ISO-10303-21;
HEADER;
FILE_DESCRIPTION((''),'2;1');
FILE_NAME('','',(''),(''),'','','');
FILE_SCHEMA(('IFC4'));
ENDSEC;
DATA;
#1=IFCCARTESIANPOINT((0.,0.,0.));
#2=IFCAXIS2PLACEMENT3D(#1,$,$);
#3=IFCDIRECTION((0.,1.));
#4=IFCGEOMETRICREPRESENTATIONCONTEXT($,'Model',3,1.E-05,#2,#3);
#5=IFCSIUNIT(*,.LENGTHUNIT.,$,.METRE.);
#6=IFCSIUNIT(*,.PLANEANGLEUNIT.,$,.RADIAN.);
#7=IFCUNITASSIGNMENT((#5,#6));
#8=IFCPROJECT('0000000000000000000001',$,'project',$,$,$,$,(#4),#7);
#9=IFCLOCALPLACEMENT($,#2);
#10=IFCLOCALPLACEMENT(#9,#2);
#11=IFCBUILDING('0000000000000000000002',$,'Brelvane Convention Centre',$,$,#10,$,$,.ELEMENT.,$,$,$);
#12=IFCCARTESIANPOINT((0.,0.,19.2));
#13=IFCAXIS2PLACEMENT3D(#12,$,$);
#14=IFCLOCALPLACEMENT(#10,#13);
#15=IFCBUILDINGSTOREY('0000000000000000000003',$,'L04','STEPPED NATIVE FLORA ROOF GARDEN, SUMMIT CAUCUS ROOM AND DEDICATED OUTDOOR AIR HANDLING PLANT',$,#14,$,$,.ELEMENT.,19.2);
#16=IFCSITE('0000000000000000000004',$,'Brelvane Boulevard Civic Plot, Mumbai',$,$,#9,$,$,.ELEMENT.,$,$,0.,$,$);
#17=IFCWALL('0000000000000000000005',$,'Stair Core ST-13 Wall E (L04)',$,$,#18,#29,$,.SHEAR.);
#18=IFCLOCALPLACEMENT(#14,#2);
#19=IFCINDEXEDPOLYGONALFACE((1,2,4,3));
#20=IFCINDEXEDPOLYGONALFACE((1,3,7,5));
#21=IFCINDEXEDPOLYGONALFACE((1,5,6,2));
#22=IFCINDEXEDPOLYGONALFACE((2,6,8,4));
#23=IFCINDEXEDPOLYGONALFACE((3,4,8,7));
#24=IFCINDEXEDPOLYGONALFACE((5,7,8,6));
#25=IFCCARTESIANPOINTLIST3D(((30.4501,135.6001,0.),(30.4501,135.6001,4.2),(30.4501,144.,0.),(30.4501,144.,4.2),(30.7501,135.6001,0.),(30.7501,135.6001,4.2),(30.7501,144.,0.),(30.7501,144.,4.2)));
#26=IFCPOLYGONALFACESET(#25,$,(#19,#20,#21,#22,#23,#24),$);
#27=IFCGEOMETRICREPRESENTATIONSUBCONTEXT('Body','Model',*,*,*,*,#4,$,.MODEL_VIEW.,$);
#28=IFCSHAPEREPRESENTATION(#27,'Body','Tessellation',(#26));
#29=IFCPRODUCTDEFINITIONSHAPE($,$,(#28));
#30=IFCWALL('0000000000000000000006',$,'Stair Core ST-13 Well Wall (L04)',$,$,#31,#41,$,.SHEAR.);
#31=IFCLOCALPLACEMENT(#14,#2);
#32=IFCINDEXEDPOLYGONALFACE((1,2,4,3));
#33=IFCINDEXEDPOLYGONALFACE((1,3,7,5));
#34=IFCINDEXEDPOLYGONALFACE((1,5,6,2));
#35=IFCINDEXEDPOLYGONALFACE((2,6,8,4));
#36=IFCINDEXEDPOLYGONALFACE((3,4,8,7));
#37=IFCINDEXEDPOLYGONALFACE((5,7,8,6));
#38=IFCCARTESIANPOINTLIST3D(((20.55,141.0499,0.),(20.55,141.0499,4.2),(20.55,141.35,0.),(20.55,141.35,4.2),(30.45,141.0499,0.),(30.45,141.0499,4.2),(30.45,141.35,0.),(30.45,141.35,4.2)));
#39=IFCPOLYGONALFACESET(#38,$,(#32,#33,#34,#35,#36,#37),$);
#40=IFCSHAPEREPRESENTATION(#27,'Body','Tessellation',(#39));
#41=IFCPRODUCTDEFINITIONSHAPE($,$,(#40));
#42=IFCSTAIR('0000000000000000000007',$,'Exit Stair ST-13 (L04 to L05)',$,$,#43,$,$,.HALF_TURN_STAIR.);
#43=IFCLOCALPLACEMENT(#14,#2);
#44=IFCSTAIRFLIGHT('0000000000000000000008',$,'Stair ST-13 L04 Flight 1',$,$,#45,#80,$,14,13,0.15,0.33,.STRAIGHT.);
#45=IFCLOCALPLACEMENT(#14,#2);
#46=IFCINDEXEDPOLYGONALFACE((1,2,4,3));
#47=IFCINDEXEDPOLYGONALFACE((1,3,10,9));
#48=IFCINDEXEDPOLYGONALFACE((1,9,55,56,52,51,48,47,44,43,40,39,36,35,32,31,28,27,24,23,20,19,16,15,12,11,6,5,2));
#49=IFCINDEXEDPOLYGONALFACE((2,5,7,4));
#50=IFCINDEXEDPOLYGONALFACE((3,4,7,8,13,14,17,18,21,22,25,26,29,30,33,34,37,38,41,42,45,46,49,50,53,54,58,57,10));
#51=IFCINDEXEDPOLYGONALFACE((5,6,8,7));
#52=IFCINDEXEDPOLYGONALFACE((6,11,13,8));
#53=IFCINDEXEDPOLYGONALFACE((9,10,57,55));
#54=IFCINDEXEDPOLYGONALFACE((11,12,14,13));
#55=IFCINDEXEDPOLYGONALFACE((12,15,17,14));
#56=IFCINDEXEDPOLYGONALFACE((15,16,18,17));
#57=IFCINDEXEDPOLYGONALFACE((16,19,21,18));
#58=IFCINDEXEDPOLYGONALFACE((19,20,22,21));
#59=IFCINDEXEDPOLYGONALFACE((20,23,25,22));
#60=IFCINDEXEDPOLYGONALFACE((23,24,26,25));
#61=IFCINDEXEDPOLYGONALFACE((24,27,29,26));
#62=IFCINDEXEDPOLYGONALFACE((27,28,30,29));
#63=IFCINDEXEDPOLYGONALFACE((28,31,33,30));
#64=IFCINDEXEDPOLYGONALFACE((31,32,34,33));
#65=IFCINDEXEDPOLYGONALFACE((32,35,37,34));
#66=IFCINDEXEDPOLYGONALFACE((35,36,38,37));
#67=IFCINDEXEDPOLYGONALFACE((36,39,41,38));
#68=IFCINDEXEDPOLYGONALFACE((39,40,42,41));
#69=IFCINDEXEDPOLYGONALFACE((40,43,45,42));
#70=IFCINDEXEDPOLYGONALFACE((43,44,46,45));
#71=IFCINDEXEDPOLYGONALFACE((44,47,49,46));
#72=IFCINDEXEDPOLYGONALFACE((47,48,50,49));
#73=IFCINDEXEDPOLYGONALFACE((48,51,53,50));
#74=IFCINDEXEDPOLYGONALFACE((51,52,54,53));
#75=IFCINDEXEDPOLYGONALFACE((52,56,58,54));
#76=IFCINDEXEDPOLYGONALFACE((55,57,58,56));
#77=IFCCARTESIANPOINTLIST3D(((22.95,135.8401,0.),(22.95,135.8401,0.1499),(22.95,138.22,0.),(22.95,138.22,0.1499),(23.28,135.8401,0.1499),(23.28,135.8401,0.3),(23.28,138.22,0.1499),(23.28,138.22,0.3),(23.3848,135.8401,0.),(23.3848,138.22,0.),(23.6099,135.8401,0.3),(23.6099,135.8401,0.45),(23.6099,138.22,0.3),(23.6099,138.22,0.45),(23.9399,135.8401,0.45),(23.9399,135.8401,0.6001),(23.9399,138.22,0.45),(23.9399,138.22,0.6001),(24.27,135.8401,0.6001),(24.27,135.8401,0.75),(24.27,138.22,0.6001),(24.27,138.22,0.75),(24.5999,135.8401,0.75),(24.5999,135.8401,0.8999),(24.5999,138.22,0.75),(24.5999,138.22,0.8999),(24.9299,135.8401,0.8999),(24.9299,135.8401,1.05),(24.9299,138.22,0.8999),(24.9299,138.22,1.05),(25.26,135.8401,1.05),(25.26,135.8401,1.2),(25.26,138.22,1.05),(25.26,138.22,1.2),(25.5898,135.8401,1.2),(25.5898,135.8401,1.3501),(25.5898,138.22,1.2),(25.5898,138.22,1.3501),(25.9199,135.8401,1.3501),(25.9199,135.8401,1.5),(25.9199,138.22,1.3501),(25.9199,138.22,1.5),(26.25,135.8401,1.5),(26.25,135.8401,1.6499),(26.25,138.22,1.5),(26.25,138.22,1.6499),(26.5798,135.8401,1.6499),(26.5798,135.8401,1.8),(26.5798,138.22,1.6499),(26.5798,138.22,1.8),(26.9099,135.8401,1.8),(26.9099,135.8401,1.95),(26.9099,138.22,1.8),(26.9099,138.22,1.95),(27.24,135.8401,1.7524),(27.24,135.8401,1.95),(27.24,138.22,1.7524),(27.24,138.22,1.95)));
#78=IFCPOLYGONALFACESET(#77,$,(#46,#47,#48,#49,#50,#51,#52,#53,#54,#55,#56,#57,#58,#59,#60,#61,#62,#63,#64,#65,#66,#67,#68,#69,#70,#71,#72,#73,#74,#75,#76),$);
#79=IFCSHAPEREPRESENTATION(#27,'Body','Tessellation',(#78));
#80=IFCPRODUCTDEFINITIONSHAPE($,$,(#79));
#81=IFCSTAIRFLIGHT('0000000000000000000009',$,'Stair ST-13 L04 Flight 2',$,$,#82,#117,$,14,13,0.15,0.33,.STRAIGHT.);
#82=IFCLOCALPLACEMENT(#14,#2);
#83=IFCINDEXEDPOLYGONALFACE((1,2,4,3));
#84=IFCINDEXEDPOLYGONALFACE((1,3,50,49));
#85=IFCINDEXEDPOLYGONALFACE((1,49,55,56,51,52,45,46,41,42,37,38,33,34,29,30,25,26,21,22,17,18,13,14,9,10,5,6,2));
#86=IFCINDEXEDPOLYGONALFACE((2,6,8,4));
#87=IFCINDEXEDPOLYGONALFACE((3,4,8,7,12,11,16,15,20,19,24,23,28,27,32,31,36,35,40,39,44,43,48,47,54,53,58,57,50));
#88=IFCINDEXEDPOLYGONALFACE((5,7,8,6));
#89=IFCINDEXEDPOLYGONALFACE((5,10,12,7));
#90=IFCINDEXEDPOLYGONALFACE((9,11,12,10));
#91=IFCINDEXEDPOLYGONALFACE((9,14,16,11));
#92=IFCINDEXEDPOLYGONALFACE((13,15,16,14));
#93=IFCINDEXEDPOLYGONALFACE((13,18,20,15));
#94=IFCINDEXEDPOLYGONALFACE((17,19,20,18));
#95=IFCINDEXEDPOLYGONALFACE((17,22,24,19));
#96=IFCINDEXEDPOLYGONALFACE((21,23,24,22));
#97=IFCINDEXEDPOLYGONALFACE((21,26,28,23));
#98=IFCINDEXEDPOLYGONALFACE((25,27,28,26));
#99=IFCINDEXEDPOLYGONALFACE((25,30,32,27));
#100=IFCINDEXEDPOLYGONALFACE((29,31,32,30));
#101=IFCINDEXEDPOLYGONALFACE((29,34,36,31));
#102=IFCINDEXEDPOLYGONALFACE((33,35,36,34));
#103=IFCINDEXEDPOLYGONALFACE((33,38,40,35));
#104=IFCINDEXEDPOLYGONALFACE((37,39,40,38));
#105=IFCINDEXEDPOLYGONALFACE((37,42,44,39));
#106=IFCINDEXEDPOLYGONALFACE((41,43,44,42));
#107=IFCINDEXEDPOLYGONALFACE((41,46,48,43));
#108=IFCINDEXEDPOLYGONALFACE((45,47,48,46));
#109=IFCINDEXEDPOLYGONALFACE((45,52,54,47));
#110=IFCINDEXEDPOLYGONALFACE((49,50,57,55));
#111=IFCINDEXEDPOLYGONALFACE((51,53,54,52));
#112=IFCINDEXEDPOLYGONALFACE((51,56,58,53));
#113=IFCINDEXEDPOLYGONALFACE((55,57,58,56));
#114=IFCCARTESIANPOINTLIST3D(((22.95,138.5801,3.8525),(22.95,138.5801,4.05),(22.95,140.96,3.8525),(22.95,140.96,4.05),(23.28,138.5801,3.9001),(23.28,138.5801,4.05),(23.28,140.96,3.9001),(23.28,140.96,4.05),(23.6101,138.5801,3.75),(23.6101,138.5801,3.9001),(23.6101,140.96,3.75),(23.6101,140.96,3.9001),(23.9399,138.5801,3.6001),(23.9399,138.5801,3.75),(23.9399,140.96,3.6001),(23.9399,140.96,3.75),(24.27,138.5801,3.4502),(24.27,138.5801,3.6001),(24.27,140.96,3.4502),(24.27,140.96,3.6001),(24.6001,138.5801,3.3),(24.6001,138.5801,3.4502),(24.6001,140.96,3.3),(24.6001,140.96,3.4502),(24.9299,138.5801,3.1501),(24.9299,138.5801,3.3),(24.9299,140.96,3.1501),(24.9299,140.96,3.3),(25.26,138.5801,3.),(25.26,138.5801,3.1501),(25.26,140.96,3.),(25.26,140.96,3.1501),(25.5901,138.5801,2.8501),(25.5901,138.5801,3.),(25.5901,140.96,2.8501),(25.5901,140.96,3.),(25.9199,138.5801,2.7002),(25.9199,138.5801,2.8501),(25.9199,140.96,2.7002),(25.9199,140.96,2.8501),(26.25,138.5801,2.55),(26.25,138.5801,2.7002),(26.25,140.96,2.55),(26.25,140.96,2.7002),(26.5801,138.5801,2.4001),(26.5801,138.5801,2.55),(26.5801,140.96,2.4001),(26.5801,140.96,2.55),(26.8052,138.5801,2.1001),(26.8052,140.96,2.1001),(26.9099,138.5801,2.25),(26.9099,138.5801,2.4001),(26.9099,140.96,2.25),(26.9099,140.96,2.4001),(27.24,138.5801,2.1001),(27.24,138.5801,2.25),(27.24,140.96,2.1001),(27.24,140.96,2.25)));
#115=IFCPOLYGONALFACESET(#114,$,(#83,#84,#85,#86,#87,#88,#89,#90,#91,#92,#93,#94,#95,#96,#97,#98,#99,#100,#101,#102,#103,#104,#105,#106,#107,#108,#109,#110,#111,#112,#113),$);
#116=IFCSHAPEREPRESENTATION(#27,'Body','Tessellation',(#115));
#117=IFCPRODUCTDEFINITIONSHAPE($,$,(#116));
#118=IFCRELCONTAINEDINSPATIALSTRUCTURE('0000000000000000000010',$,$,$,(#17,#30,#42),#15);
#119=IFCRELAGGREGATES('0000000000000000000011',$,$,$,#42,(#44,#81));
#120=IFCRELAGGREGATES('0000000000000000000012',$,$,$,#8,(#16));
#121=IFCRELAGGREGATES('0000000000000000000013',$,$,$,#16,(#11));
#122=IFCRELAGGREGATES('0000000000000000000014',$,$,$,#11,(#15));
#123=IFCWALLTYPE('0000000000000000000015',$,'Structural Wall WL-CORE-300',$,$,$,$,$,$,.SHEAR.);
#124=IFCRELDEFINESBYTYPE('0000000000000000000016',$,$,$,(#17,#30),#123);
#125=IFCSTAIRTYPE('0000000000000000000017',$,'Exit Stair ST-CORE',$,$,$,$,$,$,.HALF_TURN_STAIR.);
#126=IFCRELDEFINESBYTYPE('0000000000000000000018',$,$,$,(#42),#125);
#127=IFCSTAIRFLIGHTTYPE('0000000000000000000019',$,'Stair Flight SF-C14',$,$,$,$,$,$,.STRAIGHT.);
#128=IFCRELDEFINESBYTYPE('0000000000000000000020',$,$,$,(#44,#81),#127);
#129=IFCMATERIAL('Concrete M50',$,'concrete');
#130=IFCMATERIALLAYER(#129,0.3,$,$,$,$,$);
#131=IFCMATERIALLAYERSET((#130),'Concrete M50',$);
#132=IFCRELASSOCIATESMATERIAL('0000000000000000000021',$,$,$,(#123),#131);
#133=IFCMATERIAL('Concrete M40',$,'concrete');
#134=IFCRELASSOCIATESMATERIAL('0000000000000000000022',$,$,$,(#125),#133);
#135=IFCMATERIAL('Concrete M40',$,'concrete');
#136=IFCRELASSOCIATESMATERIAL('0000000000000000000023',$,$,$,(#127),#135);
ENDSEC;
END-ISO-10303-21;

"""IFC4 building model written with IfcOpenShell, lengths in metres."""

from ifc_helpers import new_model, si_unit, direction, frame, frame_2d, origin, place, context, subcontext, project, spatial, polyline, rectangle, outline, extrude, material, layer, layer_set, type_object, element, aggregate, save


model = new_model("IFC4")

# Units and contexts
model_context = context("Model", 3, precision=1e-05, world=origin(), true_north=direction((0.0, 1.0)))
body_context = subcontext(model_context, "Body", "Model", "MODEL_VIEW")
ifc_project = project(units=[si_unit("LENGTHUNIT", "METRE"), si_unit("PLANEANGLEUNIT", "RADIAN")], contexts=[model_context])

# Site, building, storey
site_placement = place(None, origin())
site = spatial("IfcSite", under=ifc_project, at=site_placement, Name="Brelvane Boulevard Civic Plot, Mumbai", CompositionType="ELEMENT", RefElevation=0.0)
building_placement = place(site_placement, origin())
building = spatial("IfcBuilding", under=site, at=building_placement, Name="Brelvane Convention Centre", CompositionType="ELEMENT")
storey_placement = place(building_placement, frame((0.0, 0.0, 19.2)))
storey = spatial("IfcBuildingStorey", under=building, at=storey_placement, Name="L04", Description="STEPPED NATIVE FLORA ROOF GARDEN, SUMMIT CAUCUS ROOM AND DEDICATED OUTDOOR AIR HANDLING PLANT", CompositionType="ELEMENT", Elevation=19.2)

# Shared definitions
ifc_material_1 = material(Name="Concrete M50", Category="concrete")
ifc_layer_1 = layer(ifc_material_1, 0.3)
ifc_layer_set_1 = layer_set([ifc_layer_1], Name="Concrete M50")
wall_type_1 = type_object("IfcWallType", Name="Structural Wall WL-CORE-300", PredefinedType="SHEAR", material=ifc_layer_set_1)

# Walls
for number, where, z_axis, x_axis, name in (
    (1, (30.6001, 135.6001, 0.0), (0.0, 0.0, 1.0), (0.0, 1.0, 0.0), "Stair Core ST-13 Wall E (L04)"),
):
    element("IfcWall", number, at=place(storey_placement, frame(where, z_axis=z_axis, x_axis=x_axis)), inside=storey, type_object=wall_type_1, Name=name, PredefinedType="SHEAR", context=body_context, shape_type="SweptSolid", body=[
        extrude(rectangle(XDim=8.3999, YDim=0.3, at=frame_2d((4.2, 0.0))), origin(), (0.0, 0.0, 1.0), 4.2),
    ])
wall_1_placement = place(storey_placement, frame((20.55, 141.2, 0.0), z_axis=(0.0, 0.0, 1.0), x_axis=(1.0, 0.0, 0.0)))
element("IfcWall", 2, at=wall_1_placement, inside=storey, type_object=wall_type_1, Name="Stair Core ST-13 Well Wall (L04)", PredefinedType="SHEAR", context=body_context, shape_type="SweptSolid", body=[
    extrude(rectangle(XDim=9.8999, YDim=0.3, at=frame_2d((4.95, 0.0))), origin(), (0.0, 0.0, 1.0), 4.2),
])

# Stair, stair flights
ifc_material_2 = material(Name="Concrete M40", Category="concrete")
stair_type = type_object("IfcStairType", Name="Exit Stair ST-CORE", PredefinedType="HALF_TURN_STAIR", material=ifc_material_2)
stair_placement = place(storey_placement, origin())
stair = element("IfcStair", 3, at=stair_placement, inside=storey, type_object=stair_type, Name="Exit Stair ST-13 (L04 to L05)", PredefinedType="HALF_TURN_STAIR")
ifc_material_3 = material(Name="Concrete M40", Category="concrete")
stair_flight_type = type_object("IfcStairFlightType", Name="Stair Flight SF-C14", PredefinedType="STRAIGHT", material=ifc_material_3)
stair_flight_1_placement = place(storey_placement, frame((22.95, 137.03, 0.0), z_axis=(0.0, 0.0, 1.0), x_axis=(1.0, 0.0, 0.0)))
stair_flight_1 = element("IfcStairFlight", 4, at=stair_flight_1_placement, type_object=stair_flight_type, Name="Stair ST-13 L04 Flight 1", NumberOfRisers=14, NumberOfTreads=13, PredefinedType="STRAIGHT", RiserHeight=0.15, TreadLength=0.33, context=body_context, shape_type="SweptSolid", body=[
    extrude(outline(polyline([(0.0, 0.0), (0.0, 0.1499), (0.3301, 0.1499), (0.3301, 0.3), (0.6599, 0.3), (0.6599, 0.45), (0.99, 0.45), (0.99, 0.6001), (1.3201, 0.6001), (1.3201, 0.75), (1.6499, 0.75), (1.6499, 0.8999), (1.98, 0.8999), (1.98, 1.05), (2.3101, 1.05), (2.3101, 1.2), (2.6399, 1.2), (2.6399, 1.3501), (2.97, 1.3501), (2.97, 1.5), (3.3, 1.5), (3.3, 1.6499), (3.6299, 1.6499), (3.6299, 1.8), (3.96, 1.8), (3.96, 1.95), (4.29, 1.95), (4.29, 2.1001), (4.29, 1.7524), (0.4348, 0.0), (0.0, 0.0)])), frame((0.0, 1.1899, 0.0), z_axis=(0.0, -1.0, 0.0), x_axis=(1.0, 0.0, 0.0)), (0.0, 0.0, 1.0), 2.3799),
])
stair_flight_2_placement = place(storey_placement, frame((27.24, 139.77, 2.1001), z_axis=(0.0, 0.0, 1.0), x_axis=(-1.0, 0.0, 0.0)))
stair_flight_2 = element("IfcStairFlight", 5, at=stair_flight_2_placement, type_object=stair_flight_type, Name="Stair ST-13 L04 Flight 2", NumberOfRisers=14, NumberOfTreads=13, PredefinedType="STRAIGHT", RiserHeight=0.15, TreadLength=0.33, context=body_context, shape_type="SweptSolid", body=[
    extrude(outline(polyline([(0.0, 0.0), (0.0, 0.1499), (0.3301, 0.1499), (0.3301, 0.3), (0.6599, 0.3), (0.6599, 0.45), (0.99, 0.45), (0.99, 0.6001), (1.3201, 0.6001), (1.3201, 0.75), (1.6499, 0.75), (1.6499, 0.8999), (1.98, 0.8999), (1.98, 1.05), (2.3101, 1.05), (2.3101, 1.2), (2.6399, 1.2), (2.6399, 1.3501), (2.97, 1.3501), (2.97, 1.5), (3.3, 1.5), (3.3, 1.6499), (3.6299, 1.6499), (3.6299, 1.8), (3.96, 1.8), (3.96, 1.95), (4.29, 1.95), (4.29, 2.1001), (4.29, 1.7524), (0.4348, 0.0), (0.0, 0.0)])), frame((0.0, 1.1899, 0.0), z_axis=(0.0, -1.0, 0.0), x_axis=(1.0, 0.0, 0.0)), (0.0, 0.0, 1.0), 2.3799),
])
aggregate(stair, [stair_flight_1, stair_flight_2])

save(model, "model.ifc")
